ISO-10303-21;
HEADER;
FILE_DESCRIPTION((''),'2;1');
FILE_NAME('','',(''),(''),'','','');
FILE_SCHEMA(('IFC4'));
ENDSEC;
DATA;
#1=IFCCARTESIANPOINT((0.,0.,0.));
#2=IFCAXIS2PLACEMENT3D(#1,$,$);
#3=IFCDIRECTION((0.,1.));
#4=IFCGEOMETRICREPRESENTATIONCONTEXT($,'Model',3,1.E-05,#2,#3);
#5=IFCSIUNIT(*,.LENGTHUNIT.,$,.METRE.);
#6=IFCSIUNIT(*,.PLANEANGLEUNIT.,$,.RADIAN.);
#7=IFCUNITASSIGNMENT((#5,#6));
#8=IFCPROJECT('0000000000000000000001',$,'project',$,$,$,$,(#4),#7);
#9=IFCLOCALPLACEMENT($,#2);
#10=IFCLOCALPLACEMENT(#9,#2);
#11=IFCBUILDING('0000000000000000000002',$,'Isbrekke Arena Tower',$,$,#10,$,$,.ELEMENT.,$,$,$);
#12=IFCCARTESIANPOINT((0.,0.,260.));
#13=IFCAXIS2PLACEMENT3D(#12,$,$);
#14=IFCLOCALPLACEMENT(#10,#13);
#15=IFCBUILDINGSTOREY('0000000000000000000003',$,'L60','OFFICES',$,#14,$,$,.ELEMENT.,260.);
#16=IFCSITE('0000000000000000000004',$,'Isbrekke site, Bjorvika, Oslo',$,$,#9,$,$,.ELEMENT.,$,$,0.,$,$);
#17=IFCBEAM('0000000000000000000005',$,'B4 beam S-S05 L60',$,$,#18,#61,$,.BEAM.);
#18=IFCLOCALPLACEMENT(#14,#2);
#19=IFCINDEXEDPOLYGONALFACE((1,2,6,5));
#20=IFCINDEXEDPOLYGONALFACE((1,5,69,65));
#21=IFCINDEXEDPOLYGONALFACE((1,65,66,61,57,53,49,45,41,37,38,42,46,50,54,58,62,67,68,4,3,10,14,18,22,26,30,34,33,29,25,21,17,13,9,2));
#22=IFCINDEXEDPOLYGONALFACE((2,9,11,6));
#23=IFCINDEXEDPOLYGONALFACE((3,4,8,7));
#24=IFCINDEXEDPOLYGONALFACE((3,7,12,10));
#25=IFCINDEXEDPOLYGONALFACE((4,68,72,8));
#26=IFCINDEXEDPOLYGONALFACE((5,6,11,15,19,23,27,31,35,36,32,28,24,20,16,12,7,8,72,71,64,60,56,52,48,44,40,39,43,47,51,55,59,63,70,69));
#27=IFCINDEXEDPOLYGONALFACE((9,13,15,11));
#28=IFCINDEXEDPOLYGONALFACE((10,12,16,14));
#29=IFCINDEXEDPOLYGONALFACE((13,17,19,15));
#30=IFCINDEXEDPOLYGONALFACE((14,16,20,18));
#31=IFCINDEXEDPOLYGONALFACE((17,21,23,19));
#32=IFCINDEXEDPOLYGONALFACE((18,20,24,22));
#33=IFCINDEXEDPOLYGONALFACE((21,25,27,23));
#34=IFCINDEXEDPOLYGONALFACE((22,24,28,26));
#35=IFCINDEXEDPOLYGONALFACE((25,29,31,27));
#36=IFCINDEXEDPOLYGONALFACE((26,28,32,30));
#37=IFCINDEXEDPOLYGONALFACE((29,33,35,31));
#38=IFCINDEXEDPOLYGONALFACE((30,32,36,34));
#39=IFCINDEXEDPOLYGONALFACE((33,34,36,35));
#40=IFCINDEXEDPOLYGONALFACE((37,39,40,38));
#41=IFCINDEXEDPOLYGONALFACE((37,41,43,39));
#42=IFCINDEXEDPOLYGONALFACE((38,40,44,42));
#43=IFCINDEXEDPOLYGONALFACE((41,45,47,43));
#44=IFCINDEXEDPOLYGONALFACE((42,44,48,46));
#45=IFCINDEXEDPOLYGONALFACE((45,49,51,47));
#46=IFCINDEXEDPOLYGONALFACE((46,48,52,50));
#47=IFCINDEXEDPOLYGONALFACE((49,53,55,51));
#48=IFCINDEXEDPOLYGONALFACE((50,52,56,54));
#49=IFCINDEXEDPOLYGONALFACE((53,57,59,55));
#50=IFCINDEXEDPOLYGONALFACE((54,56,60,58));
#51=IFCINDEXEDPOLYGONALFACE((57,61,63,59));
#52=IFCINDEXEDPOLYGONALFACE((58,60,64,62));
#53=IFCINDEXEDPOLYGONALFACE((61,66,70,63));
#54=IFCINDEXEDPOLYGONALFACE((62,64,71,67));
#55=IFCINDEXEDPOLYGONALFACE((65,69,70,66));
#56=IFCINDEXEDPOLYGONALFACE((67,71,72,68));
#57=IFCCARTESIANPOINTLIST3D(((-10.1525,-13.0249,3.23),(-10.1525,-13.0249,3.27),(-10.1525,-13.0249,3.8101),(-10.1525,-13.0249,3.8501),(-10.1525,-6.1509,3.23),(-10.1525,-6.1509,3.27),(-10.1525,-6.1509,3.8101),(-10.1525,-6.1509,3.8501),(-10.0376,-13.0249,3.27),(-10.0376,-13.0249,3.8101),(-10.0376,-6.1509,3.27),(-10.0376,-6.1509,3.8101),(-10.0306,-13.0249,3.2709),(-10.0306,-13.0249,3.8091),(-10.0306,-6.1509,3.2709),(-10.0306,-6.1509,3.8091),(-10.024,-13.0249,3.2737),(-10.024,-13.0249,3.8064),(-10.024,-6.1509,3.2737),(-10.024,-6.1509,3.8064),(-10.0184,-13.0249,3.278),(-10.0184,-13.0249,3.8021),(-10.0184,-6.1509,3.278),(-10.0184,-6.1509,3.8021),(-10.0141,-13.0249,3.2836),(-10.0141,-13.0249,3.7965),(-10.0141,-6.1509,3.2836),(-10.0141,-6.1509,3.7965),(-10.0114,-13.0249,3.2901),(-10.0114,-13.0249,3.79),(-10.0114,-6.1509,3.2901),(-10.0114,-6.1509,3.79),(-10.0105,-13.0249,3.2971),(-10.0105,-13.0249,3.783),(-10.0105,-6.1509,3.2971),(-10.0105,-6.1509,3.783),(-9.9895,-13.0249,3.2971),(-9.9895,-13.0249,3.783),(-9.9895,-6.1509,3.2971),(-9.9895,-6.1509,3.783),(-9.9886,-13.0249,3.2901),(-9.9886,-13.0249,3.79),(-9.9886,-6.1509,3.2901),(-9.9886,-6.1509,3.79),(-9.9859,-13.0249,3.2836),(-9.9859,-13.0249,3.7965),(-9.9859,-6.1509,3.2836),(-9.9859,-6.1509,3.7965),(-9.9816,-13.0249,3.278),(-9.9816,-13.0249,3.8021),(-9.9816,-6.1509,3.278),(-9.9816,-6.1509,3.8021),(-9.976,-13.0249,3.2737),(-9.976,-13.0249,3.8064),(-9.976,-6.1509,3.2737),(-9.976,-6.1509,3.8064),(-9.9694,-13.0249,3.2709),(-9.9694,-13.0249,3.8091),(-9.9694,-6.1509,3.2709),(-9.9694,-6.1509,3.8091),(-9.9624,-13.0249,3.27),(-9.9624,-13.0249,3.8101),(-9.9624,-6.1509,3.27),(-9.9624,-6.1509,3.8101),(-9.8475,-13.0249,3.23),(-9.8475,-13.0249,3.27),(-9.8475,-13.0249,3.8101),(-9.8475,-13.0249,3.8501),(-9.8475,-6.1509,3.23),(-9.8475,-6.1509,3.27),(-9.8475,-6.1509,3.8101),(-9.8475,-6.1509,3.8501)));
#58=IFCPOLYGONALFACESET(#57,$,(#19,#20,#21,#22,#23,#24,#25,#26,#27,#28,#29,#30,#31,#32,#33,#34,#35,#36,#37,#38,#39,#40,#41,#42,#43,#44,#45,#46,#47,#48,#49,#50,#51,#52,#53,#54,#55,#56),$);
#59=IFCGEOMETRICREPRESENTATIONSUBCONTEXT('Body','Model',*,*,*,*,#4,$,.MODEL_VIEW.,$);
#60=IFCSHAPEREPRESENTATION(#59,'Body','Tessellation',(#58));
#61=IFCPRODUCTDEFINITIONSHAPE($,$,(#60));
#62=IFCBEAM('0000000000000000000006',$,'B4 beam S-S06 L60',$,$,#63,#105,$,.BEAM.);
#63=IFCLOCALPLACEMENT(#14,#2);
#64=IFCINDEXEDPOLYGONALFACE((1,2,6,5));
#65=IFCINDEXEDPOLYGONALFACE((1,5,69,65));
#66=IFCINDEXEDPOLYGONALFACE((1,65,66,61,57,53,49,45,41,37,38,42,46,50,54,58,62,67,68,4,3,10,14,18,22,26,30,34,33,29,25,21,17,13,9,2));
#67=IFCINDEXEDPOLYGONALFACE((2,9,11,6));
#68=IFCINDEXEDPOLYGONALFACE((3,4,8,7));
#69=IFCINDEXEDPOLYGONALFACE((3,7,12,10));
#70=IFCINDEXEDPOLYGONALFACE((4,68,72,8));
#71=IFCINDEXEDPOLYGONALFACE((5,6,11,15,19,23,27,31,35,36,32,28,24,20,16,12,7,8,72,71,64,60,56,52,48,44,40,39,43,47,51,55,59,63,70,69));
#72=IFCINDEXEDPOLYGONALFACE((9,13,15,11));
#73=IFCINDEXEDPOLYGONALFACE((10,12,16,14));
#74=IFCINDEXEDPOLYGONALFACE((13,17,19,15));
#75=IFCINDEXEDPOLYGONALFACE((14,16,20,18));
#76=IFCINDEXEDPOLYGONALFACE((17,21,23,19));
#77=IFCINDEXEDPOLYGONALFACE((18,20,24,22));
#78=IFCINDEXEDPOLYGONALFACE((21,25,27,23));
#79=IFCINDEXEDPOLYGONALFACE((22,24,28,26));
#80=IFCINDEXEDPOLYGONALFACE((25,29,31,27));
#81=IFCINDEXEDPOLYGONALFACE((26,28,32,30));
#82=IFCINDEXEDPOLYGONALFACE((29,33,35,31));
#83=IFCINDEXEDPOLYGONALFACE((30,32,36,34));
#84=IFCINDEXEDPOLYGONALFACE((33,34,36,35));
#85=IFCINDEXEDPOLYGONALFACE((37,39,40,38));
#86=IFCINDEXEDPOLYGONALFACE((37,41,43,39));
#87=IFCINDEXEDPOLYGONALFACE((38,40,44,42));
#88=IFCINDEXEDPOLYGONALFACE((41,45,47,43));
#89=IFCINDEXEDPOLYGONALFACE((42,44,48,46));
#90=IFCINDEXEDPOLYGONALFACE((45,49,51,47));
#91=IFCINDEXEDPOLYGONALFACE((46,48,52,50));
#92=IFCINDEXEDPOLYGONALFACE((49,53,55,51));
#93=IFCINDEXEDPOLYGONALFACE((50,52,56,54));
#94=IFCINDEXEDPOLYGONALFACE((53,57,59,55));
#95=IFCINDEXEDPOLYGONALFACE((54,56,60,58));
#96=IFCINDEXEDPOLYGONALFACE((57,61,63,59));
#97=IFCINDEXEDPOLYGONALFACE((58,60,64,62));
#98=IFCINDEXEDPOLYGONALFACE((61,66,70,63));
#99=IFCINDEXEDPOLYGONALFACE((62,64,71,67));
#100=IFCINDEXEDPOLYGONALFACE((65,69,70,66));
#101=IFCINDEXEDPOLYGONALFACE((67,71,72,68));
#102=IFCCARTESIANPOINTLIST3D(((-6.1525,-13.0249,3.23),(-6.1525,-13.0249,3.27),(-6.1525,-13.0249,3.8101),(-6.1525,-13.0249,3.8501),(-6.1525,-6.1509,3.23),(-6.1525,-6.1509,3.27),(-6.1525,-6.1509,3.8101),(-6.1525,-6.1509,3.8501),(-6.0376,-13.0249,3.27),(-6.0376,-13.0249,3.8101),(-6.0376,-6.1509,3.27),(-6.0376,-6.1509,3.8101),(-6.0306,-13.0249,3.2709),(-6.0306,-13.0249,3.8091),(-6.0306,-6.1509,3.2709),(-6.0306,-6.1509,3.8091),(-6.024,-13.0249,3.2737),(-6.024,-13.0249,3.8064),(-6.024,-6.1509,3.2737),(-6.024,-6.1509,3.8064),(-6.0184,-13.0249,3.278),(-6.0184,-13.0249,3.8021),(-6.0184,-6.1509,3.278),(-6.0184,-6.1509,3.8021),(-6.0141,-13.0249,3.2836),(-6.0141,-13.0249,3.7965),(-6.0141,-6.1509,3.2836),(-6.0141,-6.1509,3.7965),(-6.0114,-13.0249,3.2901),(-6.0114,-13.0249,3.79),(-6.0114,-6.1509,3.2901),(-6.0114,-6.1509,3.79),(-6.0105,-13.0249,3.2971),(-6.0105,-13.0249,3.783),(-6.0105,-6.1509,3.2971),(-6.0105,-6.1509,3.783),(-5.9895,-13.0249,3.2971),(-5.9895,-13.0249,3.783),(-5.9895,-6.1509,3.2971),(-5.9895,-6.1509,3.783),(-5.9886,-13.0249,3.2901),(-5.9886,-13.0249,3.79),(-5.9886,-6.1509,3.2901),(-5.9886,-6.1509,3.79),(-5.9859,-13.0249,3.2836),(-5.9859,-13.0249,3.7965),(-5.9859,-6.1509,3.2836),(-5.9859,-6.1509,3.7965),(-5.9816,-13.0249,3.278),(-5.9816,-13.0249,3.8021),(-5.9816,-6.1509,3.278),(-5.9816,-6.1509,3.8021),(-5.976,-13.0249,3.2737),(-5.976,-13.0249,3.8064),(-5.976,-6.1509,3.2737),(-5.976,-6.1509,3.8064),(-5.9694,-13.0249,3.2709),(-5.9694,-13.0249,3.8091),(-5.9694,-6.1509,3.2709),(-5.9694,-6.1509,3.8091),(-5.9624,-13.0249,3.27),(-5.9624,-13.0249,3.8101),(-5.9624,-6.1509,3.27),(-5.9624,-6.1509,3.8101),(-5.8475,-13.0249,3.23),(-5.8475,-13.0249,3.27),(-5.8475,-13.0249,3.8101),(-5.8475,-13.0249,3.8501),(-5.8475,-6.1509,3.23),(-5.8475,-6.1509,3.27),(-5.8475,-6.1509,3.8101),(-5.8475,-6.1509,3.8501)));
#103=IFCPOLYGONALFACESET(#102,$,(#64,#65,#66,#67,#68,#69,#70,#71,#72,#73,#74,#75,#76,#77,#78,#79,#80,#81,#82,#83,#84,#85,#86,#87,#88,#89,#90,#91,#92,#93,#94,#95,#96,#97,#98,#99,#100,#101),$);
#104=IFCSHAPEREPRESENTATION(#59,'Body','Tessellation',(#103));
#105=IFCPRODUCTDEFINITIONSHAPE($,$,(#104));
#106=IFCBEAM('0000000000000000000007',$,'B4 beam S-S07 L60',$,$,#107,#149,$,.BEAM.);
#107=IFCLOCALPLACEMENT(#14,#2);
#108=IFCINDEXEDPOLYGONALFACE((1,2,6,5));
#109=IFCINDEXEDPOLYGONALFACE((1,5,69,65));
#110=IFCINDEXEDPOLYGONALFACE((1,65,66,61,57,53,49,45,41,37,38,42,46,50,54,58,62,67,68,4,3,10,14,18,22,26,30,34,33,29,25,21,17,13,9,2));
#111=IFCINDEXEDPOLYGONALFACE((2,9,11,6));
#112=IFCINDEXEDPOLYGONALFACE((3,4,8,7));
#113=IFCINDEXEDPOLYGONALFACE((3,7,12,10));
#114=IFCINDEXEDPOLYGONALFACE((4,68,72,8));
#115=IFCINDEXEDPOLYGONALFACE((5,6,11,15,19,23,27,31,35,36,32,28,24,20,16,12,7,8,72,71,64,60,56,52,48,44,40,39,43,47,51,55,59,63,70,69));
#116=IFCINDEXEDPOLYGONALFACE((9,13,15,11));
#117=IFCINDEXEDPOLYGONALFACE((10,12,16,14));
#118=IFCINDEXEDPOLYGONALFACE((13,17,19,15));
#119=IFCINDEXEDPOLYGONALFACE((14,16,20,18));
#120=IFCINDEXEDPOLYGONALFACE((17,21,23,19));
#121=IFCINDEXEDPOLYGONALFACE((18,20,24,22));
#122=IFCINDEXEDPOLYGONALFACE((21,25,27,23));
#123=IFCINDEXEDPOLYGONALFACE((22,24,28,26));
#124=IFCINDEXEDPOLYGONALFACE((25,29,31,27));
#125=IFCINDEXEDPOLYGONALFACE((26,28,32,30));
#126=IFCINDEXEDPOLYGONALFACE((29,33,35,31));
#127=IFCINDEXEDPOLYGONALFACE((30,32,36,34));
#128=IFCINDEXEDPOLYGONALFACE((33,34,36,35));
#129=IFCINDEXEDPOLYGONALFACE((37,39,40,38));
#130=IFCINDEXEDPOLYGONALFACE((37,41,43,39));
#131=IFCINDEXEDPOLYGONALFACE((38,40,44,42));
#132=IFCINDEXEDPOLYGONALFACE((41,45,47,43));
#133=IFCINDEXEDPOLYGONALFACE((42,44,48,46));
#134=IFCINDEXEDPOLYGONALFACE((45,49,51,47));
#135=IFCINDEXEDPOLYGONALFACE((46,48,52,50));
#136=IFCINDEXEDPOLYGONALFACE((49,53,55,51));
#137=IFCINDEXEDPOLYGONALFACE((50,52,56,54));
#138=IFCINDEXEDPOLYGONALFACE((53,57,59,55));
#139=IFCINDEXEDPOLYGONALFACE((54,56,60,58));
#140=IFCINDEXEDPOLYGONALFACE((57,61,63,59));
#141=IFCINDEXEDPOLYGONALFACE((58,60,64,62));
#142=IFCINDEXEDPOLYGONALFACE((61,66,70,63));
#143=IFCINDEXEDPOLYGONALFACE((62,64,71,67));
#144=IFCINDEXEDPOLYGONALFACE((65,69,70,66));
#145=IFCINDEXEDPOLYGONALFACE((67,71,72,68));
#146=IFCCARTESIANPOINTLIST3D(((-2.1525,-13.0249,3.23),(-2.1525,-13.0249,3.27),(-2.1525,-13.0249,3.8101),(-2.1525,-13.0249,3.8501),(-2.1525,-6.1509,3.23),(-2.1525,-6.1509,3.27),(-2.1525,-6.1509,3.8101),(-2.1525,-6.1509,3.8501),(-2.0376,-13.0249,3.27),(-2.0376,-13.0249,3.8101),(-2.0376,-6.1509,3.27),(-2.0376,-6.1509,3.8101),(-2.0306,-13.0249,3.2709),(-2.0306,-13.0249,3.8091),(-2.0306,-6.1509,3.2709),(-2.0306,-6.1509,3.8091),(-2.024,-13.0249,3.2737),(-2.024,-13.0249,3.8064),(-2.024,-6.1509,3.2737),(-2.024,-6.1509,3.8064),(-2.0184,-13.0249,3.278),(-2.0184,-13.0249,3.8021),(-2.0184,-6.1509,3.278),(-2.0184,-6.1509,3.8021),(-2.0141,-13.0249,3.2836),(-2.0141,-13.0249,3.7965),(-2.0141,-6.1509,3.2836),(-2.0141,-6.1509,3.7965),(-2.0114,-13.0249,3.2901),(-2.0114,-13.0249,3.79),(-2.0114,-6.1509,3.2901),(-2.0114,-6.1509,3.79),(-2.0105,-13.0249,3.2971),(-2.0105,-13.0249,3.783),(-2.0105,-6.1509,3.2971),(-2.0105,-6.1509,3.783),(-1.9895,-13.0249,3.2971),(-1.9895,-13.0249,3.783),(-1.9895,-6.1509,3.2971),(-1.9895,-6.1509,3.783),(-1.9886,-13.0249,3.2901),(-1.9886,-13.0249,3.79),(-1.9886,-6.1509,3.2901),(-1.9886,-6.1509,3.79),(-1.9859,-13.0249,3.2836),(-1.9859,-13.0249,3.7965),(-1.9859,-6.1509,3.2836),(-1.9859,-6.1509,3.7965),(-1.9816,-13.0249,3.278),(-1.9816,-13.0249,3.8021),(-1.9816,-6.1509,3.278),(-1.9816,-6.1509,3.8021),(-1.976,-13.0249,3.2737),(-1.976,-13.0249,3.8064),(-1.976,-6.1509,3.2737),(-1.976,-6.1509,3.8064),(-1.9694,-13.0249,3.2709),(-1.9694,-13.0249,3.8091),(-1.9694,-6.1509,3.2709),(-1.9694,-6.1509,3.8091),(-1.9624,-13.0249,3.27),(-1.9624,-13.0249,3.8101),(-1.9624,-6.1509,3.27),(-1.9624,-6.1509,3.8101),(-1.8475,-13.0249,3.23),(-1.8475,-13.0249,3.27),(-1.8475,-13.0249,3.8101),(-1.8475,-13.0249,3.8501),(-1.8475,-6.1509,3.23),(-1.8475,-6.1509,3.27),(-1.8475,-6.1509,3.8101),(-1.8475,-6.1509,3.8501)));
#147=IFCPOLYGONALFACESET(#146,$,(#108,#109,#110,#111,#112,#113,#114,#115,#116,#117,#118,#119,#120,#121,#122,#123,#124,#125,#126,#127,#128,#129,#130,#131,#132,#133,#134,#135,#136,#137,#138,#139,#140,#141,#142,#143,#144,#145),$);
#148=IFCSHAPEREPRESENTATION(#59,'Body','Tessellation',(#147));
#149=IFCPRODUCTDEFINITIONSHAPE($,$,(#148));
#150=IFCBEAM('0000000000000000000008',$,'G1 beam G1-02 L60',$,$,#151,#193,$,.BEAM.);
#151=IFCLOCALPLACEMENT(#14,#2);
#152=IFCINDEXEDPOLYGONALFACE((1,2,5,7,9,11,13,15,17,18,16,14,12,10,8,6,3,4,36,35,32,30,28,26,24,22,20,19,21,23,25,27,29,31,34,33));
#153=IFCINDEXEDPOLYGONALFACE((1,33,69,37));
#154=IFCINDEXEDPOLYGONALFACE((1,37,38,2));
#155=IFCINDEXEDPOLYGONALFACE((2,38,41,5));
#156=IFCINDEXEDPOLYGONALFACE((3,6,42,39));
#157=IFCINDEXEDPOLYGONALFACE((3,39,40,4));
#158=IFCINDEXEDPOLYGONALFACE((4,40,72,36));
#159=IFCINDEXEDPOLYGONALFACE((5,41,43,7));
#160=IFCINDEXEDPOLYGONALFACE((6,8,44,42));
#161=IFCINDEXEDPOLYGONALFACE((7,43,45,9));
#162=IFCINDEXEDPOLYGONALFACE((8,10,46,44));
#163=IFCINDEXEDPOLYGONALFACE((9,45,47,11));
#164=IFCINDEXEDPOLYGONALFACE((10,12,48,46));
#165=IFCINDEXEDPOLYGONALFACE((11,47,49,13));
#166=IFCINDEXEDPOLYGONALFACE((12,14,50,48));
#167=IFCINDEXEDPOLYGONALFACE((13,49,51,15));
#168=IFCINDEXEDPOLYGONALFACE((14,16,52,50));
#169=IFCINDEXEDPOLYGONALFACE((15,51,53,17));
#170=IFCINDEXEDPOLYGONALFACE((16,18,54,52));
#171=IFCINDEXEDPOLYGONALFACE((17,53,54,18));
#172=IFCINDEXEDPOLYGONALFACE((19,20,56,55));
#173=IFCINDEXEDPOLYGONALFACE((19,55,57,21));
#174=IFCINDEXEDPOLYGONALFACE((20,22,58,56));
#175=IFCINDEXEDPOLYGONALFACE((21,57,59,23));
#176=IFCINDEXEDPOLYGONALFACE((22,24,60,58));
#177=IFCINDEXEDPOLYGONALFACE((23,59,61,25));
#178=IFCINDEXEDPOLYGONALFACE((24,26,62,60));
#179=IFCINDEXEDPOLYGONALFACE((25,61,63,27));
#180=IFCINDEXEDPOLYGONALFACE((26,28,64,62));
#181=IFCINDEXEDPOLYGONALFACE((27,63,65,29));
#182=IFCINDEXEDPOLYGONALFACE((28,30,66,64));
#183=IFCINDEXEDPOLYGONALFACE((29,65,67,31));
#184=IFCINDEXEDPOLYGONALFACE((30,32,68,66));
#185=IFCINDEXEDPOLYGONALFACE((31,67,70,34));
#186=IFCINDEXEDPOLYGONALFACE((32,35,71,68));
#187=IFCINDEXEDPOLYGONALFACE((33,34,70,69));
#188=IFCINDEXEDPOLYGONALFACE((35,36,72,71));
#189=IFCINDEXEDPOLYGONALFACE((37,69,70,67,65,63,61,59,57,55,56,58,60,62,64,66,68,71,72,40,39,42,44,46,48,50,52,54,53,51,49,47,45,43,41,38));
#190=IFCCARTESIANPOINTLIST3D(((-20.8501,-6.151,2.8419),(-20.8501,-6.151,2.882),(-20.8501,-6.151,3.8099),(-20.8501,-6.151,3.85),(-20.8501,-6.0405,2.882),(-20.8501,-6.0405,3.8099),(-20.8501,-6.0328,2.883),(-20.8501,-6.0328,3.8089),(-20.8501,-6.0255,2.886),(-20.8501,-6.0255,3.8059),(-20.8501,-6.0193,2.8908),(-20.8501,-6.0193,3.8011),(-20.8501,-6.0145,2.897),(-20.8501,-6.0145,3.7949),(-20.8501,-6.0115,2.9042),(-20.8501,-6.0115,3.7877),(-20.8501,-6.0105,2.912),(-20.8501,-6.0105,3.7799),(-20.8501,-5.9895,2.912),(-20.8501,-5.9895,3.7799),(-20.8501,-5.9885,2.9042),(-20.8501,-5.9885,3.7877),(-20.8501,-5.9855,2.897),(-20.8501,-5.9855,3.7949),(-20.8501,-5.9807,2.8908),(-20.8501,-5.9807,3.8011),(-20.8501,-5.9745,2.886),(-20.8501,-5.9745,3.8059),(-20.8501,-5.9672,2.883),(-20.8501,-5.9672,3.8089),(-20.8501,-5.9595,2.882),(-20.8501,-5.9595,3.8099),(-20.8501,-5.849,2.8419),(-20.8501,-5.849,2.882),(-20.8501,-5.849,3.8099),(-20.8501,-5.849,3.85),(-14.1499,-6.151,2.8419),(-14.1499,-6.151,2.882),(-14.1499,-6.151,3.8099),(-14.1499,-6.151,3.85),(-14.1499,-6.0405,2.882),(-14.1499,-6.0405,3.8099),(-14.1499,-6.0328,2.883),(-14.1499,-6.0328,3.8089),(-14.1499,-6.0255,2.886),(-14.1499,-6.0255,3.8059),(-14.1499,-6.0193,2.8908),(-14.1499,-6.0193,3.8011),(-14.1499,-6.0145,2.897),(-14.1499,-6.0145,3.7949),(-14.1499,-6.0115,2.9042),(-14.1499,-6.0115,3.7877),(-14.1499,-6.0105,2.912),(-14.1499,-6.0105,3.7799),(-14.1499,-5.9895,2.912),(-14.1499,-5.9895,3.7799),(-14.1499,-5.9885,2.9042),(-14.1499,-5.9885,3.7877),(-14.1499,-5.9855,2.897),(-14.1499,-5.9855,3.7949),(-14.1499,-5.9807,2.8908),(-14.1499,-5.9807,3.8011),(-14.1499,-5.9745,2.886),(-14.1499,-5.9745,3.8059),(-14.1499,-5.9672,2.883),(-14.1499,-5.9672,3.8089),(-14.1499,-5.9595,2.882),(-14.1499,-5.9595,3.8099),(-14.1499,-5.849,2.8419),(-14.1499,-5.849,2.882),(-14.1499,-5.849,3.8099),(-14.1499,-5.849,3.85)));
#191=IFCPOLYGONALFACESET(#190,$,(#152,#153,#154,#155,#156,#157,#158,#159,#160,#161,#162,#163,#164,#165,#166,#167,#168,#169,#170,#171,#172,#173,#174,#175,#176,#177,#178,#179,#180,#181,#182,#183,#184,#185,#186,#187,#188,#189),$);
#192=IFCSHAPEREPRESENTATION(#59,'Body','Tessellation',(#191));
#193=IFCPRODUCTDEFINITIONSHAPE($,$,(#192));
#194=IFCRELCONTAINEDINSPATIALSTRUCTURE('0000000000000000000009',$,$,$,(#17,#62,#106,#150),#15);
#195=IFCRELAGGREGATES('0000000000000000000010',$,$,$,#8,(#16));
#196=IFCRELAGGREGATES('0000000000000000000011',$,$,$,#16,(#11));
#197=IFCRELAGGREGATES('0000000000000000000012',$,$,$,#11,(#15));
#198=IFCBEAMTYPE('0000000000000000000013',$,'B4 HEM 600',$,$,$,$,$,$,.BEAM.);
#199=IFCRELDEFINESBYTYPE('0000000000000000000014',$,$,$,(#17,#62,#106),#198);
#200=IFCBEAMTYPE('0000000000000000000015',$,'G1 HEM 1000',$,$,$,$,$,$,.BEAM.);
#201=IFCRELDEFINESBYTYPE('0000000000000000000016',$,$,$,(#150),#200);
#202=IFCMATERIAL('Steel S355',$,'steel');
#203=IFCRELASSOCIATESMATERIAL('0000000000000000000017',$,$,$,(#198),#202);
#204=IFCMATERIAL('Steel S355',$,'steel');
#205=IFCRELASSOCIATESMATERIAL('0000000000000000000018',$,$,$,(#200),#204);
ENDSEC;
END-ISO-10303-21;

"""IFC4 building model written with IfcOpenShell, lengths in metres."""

from ifc_helpers import new_model, si_unit, direction, frame, origin, origin_2d, place, context, subcontext, project, spatial, i_section, extrude, material, material_profile, profile_set, type_object, element, save


model = new_model("IFC4")

# Units and contexts
model_context = context("Model", 3, precision=1e-05, world=origin(), true_north=direction((0.0, 1.0)))
body_context = subcontext(model_context, "Body", "Model", "MODEL_VIEW")
ifc_project = project(units=[si_unit("LENGTHUNIT", "METRE"), si_unit("PLANEANGLEUNIT", "RADIAN")], contexts=[model_context])

# Site, building, storey
site_placement = place(None, origin())
site = spatial("IfcSite", under=ifc_project, at=site_placement, Name="Isbrekke site, Bjorvika, Oslo", CompositionType="ELEMENT", RefElevation=0.0)
building_placement = place(site_placement, origin())
building = spatial("IfcBuilding", under=site, at=building_placement, Name="Isbrekke Arena Tower", CompositionType="ELEMENT")
storey_placement = place(building_placement, frame((0.0, 0.0, 260.0)))
storey = spatial("IfcBuildingStorey", under=building, at=storey_placement, Name="L60", Description="OFFICES", CompositionType="ELEMENT", Elevation=260.0)

# Beams
ifc_material_1 = material(Name="Steel S355", Category="steel")
ifc_material_profile_1 = material_profile(ifc_material_1, i_section(OverallWidth=0.3049, OverallDepth=0.6201, WebThickness=0.021, FlangeThickness=0.04, FilletRadius=0.0271, at=origin_2d()), Name="HEM 600")
ifc_profile_set_1 = profile_set([ifc_material_profile_1], Name="Steel S355")
beam_type_1 = type_object("IfcBeamType", Name="B4 HEM 600", PredefinedType="BEAM", material=ifc_profile_set_1)
for number, where, z_axis, x_axis, name in (
    (1, (-10.0, -13.0249, 3.54), (0.0, 1.0, 0.0), (-1.0, 0.0, 0.0), "B4 beam S-S05 L60"),
    (2, (-6.0, -13.0249, 3.54), (0.0, 1.0, 0.0), (-1.0, 0.0, 0.0), "B4 beam S-S06 L60"),
    (3, (-2.0, -13.0249, 3.54), (0.0, 1.0, 0.0), (-1.0, 0.0, 0.0), "B4 beam S-S07 L60"),
):
    element("IfcBeam", number, at=place(storey_placement, frame(where, z_axis=z_axis, x_axis=x_axis)), inside=storey, type_object=beam_type_1, Name=name, PredefinedType="BEAM", context=body_context, shape_type="SweptSolid", body=[
        extrude(i_section(OverallWidth=0.3049, OverallDepth=0.6201, WebThickness=0.021, FlangeThickness=0.04, FilletRadius=0.0271, at=origin_2d()), origin(), (0.0, 0.0, 1.0), 6.874),
    ])
ifc_material_2 = material(Name="Steel S355", Category="steel")
ifc_material_profile_2 = material_profile(ifc_material_2, i_section(OverallWidth=0.302, OverallDepth=1.0081, WebThickness=0.021, FlangeThickness=0.04, FilletRadius=0.03, at=origin_2d()), Name="HEM 1000")
ifc_profile_set_2 = profile_set([ifc_material_profile_2], Name="Steel S355")
beam_type_2 = type_object("IfcBeamType", Name="G1 HEM 1000", PredefinedType="BEAM", material=ifc_profile_set_2)
for number, where, z_axis, x_axis, name in (
    (4, (-20.8501, -6.0, 3.3459), (1.0, 0.0, 0.0), (0.0, 1.0, 0.0), "G1 beam G1-02 L60"),
):
    element("IfcBeam", number, at=place(storey_placement, frame(where, z_axis=z_axis, x_axis=x_axis)), inside=storey, type_object=beam_type_2, Name=name, PredefinedType="BEAM", context=body_context, shape_type="SweptSolid", body=[
        extrude(i_section(OverallWidth=0.302, OverallDepth=1.0081, WebThickness=0.021, FlangeThickness=0.04, FilletRadius=0.03, at=origin_2d()), origin(), (0.0, 0.0, 1.0), 6.7002),
    ])

save(model, "model.ifc")
